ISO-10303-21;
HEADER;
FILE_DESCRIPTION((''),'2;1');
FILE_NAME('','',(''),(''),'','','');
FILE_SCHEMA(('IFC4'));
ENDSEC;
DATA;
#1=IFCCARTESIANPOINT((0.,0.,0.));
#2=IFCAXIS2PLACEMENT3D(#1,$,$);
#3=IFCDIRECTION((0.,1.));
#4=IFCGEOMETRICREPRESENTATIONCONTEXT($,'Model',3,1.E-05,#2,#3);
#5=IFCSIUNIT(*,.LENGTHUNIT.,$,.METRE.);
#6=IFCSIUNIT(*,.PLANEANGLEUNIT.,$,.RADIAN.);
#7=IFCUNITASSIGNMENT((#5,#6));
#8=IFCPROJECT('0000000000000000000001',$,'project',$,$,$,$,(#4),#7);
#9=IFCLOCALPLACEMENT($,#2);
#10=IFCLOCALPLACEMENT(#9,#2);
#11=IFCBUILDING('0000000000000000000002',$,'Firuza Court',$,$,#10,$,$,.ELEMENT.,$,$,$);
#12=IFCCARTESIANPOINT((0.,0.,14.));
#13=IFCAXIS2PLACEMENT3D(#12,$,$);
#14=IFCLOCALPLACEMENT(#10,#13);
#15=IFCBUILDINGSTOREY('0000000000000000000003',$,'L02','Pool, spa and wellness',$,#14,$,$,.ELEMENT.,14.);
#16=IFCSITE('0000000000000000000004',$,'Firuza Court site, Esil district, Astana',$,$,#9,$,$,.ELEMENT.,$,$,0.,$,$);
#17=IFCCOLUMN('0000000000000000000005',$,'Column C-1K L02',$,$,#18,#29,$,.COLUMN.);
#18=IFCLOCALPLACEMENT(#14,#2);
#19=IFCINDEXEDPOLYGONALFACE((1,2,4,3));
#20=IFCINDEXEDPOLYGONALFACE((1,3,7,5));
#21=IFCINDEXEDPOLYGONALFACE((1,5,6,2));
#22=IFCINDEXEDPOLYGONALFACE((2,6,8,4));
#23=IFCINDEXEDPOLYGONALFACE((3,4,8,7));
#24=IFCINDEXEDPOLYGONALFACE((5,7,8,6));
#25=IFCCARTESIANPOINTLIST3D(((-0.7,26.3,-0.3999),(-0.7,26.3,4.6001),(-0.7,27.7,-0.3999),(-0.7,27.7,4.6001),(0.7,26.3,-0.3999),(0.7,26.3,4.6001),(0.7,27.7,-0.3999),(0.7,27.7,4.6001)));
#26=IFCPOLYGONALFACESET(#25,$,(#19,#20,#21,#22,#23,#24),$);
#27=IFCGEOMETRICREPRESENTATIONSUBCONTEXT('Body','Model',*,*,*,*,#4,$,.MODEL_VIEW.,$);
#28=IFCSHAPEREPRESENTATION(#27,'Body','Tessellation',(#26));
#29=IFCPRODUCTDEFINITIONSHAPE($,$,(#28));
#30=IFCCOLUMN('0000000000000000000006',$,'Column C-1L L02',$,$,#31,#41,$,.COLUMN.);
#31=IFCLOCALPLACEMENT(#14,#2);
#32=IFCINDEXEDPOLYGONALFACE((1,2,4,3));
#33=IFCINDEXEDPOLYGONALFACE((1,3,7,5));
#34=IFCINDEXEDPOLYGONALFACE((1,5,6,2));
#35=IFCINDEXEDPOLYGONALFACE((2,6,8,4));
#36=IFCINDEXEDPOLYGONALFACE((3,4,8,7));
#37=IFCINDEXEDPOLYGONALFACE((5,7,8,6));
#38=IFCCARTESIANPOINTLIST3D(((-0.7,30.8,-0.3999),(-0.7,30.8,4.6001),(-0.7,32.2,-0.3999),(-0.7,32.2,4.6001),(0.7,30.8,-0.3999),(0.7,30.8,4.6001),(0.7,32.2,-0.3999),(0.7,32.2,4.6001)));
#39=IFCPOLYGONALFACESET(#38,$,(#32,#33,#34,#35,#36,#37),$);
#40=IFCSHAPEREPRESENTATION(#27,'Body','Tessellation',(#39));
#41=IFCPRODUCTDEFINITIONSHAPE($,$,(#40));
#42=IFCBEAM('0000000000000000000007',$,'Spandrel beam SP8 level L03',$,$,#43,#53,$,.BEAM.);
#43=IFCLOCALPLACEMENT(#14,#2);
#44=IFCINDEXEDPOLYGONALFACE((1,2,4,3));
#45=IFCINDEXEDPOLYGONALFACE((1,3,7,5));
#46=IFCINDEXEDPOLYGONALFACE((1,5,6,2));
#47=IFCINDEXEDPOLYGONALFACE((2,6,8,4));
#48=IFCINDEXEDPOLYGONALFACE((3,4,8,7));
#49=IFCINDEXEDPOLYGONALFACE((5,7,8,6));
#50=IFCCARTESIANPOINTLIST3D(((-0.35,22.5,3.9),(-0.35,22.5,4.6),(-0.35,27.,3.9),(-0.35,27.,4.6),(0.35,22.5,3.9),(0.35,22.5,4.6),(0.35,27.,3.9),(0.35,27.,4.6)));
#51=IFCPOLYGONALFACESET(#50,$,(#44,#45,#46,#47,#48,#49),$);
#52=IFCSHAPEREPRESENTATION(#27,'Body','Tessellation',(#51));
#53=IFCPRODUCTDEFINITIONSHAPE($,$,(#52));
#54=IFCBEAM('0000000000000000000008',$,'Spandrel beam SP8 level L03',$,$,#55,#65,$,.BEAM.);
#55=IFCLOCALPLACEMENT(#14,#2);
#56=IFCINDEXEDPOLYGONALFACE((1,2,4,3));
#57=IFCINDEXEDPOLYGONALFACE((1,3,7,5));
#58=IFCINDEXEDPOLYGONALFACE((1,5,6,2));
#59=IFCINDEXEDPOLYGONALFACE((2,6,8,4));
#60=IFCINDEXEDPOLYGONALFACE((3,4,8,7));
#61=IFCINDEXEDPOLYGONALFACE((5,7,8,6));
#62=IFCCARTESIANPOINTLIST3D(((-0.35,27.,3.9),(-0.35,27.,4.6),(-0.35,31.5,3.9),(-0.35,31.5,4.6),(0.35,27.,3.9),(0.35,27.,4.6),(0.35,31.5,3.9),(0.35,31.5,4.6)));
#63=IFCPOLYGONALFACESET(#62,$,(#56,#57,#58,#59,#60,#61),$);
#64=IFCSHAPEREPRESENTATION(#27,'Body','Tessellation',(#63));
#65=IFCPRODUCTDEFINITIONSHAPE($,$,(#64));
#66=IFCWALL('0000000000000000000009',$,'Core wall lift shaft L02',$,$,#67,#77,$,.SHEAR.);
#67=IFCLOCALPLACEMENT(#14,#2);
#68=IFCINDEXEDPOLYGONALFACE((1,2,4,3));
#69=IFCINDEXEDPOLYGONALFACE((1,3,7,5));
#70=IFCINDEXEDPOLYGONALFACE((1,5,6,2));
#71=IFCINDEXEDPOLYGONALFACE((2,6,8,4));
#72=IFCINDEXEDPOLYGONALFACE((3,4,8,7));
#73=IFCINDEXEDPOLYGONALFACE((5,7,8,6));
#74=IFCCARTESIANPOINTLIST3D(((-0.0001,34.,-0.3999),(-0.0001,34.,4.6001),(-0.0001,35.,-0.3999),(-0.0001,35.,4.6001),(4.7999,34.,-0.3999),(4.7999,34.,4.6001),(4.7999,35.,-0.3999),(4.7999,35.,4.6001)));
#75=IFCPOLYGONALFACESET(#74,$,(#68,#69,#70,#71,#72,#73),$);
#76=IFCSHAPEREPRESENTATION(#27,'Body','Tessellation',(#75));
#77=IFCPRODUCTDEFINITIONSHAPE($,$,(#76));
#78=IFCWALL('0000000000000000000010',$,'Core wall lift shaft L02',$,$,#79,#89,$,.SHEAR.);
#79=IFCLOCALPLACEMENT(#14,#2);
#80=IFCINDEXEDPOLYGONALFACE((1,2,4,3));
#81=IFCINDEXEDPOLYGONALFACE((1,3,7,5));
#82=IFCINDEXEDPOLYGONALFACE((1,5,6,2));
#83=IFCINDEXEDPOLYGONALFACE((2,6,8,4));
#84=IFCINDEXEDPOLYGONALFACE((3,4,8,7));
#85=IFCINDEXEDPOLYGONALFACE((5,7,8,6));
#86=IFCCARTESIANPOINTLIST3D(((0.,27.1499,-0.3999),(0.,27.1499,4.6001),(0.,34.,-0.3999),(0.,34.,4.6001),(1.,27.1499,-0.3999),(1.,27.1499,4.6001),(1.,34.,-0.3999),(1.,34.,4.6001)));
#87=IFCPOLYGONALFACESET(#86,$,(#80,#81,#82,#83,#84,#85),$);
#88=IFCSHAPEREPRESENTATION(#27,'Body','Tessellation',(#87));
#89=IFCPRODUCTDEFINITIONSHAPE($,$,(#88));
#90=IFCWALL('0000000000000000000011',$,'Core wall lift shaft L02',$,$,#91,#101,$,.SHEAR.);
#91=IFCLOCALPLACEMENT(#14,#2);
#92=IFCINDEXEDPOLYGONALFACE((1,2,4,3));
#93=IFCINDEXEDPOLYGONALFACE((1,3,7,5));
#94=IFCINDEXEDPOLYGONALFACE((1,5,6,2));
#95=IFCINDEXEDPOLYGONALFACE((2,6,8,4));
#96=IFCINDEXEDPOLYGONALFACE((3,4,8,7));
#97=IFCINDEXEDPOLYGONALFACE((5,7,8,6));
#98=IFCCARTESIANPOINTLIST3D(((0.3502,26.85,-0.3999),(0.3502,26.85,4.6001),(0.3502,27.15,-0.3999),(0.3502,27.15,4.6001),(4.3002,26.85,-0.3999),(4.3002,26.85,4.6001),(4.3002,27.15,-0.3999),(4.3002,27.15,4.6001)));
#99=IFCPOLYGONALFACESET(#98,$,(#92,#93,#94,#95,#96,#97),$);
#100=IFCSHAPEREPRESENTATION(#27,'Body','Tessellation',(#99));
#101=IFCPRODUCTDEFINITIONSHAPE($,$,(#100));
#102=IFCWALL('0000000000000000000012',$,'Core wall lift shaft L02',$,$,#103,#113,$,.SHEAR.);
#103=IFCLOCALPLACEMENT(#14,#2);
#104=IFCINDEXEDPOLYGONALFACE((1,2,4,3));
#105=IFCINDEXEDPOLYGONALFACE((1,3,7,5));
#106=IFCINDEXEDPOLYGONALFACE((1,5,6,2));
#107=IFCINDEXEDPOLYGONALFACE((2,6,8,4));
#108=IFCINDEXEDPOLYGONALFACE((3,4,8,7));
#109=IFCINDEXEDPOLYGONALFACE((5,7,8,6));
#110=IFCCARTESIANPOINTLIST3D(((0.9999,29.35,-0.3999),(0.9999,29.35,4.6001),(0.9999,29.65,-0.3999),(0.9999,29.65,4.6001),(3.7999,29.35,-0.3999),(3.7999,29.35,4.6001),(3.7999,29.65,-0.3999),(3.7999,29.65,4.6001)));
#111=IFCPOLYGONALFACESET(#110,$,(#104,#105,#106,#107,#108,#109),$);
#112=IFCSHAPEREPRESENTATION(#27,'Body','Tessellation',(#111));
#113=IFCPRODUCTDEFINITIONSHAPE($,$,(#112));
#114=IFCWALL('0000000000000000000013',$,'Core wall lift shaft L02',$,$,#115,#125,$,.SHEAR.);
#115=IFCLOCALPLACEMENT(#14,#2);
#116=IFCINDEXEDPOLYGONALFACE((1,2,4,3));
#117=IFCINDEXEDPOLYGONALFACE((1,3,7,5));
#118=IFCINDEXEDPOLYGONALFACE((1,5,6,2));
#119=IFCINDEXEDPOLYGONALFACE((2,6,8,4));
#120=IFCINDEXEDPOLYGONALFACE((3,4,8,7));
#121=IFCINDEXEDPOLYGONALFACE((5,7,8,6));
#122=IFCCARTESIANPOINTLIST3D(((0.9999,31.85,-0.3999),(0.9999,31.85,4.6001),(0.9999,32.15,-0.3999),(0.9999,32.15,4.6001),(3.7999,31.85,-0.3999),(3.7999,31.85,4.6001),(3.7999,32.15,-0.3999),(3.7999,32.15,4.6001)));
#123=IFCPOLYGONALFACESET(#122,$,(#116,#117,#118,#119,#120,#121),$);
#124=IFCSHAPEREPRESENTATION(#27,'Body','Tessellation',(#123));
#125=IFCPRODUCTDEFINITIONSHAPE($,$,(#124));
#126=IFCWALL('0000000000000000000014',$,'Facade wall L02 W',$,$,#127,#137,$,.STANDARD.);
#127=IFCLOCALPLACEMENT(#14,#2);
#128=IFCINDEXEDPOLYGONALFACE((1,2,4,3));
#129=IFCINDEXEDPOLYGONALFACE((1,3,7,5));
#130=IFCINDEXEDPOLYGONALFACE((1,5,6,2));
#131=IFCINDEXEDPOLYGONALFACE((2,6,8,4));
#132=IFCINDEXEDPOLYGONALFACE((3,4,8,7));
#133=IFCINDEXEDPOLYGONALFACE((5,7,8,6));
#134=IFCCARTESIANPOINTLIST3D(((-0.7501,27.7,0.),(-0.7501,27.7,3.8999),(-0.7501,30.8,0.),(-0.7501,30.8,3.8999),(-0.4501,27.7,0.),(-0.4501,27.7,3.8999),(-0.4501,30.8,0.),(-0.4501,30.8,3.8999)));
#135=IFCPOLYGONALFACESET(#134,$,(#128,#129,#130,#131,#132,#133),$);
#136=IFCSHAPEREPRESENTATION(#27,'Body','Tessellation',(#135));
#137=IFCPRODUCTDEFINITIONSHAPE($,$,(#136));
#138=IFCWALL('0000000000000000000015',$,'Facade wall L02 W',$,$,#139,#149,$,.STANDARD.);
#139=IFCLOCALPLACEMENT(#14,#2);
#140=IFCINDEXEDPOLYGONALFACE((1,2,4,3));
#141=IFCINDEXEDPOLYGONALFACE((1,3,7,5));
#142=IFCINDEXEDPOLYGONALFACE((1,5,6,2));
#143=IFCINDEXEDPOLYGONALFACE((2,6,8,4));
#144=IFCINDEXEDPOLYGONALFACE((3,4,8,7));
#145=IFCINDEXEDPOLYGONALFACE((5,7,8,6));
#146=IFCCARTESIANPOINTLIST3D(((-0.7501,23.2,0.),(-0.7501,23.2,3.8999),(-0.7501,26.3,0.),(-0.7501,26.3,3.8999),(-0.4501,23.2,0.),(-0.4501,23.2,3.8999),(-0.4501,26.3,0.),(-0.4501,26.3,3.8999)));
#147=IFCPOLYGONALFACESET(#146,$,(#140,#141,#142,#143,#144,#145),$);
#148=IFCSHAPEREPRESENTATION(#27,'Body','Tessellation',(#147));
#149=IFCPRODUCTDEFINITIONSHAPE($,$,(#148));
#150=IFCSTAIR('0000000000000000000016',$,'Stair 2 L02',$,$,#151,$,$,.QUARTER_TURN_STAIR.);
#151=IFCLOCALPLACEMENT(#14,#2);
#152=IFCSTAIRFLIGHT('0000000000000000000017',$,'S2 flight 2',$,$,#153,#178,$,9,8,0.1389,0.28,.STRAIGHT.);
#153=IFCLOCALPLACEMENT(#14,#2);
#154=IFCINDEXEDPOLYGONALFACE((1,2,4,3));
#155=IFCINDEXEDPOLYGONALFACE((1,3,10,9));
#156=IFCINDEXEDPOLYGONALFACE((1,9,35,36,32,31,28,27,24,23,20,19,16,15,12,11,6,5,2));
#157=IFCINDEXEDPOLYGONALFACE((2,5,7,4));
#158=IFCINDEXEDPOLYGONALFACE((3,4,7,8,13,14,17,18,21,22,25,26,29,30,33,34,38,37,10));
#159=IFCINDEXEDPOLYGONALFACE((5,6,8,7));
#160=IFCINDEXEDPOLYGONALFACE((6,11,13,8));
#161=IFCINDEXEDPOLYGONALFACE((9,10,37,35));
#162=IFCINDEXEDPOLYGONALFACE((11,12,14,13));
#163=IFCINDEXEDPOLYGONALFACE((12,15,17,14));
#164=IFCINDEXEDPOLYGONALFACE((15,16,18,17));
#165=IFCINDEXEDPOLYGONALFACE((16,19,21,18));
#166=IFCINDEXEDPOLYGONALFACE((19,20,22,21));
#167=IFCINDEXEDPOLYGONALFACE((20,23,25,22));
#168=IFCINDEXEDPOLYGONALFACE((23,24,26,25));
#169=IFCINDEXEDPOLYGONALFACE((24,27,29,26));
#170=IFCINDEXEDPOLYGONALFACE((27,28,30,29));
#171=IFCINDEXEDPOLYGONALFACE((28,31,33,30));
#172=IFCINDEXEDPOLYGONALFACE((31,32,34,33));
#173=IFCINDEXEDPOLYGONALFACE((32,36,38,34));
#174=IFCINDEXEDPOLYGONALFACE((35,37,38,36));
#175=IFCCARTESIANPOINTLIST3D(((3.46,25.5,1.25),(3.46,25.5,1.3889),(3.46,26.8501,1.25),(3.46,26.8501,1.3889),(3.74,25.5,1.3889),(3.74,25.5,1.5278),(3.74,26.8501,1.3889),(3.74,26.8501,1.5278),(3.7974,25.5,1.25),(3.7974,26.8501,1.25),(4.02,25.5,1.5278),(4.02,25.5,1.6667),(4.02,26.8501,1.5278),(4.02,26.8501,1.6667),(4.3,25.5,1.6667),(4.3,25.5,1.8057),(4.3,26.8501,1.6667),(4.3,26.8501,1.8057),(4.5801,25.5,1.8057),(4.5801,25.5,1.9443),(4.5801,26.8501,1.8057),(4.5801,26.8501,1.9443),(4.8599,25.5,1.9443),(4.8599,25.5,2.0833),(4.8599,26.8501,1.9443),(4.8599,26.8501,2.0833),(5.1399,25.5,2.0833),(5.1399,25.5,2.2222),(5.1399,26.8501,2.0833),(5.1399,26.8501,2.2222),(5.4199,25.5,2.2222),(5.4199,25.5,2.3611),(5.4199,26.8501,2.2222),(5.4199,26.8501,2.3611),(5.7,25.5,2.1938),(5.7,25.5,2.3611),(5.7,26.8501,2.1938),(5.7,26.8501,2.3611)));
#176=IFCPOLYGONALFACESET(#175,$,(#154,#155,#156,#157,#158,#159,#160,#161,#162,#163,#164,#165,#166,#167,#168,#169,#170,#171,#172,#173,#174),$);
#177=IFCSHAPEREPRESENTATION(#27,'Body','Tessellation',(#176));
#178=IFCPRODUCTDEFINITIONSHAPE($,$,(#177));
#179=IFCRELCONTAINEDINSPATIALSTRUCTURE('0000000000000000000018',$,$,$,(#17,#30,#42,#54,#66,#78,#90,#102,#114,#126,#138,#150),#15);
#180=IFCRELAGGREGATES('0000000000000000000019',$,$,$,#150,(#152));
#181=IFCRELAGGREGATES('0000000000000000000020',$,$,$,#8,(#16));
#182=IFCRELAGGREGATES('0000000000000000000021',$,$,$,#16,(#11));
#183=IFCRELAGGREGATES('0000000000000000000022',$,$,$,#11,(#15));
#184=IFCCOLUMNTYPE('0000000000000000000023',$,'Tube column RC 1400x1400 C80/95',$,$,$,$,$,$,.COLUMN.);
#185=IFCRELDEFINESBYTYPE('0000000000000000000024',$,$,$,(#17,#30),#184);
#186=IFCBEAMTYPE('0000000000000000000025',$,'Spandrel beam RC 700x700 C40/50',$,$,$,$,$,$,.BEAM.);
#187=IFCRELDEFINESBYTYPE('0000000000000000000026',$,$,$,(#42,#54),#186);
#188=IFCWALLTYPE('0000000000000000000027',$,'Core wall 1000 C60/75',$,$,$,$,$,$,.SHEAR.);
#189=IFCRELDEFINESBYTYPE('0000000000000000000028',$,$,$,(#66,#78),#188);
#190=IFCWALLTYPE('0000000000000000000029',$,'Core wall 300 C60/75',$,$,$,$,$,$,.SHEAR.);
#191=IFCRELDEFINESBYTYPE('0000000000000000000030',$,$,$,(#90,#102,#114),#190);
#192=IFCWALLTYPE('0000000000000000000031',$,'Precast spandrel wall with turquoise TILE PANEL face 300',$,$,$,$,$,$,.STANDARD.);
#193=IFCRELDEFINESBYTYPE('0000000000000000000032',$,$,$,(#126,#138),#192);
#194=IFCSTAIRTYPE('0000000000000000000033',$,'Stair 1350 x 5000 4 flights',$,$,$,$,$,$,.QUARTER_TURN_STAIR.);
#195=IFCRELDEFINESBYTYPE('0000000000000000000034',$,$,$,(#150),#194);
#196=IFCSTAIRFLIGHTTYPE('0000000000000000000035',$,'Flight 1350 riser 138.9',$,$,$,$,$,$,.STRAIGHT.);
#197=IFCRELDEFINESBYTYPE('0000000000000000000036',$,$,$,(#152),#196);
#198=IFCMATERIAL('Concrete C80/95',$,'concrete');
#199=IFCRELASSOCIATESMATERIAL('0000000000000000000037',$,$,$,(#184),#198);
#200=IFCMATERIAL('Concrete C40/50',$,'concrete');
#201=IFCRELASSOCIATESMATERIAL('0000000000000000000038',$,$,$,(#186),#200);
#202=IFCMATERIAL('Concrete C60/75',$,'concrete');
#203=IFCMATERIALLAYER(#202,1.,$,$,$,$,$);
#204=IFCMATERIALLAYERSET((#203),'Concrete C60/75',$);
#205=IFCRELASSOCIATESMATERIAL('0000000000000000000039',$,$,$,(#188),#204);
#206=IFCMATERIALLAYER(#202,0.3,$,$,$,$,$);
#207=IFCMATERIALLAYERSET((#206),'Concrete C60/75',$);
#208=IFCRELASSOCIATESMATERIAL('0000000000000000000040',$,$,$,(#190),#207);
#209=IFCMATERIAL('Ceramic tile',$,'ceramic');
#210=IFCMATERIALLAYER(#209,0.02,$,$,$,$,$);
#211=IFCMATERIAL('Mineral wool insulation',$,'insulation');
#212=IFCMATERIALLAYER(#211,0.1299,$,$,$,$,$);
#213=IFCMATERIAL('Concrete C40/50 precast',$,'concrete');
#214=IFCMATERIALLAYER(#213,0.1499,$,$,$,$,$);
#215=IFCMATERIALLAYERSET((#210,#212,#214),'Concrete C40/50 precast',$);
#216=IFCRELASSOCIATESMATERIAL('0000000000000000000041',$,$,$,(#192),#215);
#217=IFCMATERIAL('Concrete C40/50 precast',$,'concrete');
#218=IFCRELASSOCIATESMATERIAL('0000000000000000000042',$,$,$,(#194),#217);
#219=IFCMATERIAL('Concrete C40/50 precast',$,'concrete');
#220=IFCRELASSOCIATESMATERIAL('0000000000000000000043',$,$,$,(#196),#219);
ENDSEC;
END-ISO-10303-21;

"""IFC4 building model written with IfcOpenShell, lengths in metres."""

from ifc_helpers import new_model, si_unit, direction, frame, frame_2d, origin, origin_2d, place, context, subcontext, project, spatial, polyline, rectangle, outline, extrude, material, layer, layer_set, material_profile, profile_set, type_object, element, aggregate, save


model = new_model("IFC4")

# Units and contexts
model_context = context("Model", 3, precision=1e-05, world=origin(), true_north=direction((0.0, 1.0)))
body_context = subcontext(model_context, "Body", "Model", "MODEL_VIEW")
ifc_project = project(units=[si_unit("LENGTHUNIT", "METRE"), si_unit("PLANEANGLEUNIT", "RADIAN")], contexts=[model_context])

# Site, building, storey
site_placement = place(None, origin())
site = spatial("IfcSite", under=ifc_project, at=site_placement, Name="Firuza Court site, Esil district, Astana", CompositionType="ELEMENT", RefElevation=0.0)
building_placement = place(site_placement, origin())
building = spatial("IfcBuilding", under=site, at=building_placement, Name="Firuza Court", CompositionType="ELEMENT")
storey_placement = place(building_placement, frame((0.0, 0.0, 14.0)))
storey = spatial("IfcBuildingStorey", under=building, at=storey_placement, Name="L02", Description="Pool, spa and wellness", CompositionType="ELEMENT", Elevation=14.0)

# Columns
ifc_material_1 = material(Name="Concrete C80/95", Category="concrete")
ifc_material_profile_1 = material_profile(ifc_material_1, rectangle(XDim=1.3999, YDim=1.3999, at=origin_2d()), Name="RC 1400x1400")
ifc_profile_set_1 = profile_set([ifc_material_profile_1], Name="Concrete C80/95")
column_type = type_object("IfcColumnType", Name="Tube column RC 1400x1400 C80/95", PredefinedType="COLUMN", material=ifc_profile_set_1)
for number, where, z_axis, x_axis, name in (
    (1, (0.0, 27.0, -0.3999), (0.0, 0.0, 1.0), (1.0, 0.0, 0.0), "Column C-1K L02"),
    (2, (0.0, 31.5, -0.3999), (0.0, 0.0, 1.0), (1.0, 0.0, 0.0), "Column C-1L L02"),
):
    element("IfcColumn", number, at=place(storey_placement, frame(where, z_axis=z_axis, x_axis=x_axis)), inside=storey, type_object=column_type, Name=name, PredefinedType="COLUMN", context=body_context, shape_type="SweptSolid", body=[
        extrude(rectangle(XDim=1.3999, YDim=1.3999, at=origin_2d()), origin(), (0.0, 0.0, 1.0), 5.0),
    ])

# Beams
ifc_material_2 = material(Name="Concrete C40/50", Category="concrete")
ifc_material_profile_2 = material_profile(ifc_material_2, rectangle(XDim=0.7, YDim=0.7, at=origin_2d()), Name="RC 700x700")
ifc_profile_set_2 = profile_set([ifc_material_profile_2], Name="Concrete C40/50")
beam_type = type_object("IfcBeamType", Name="Spandrel beam RC 700x700 C40/50", PredefinedType="BEAM", material=ifc_profile_set_2)
for number, where, z_axis, x_axis, name in (
    (3, (0.0, 27.0, 4.25), (0.0, -1.0, 0.0), (1.0, 0.0, 0.0), "Spandrel beam SP8 level L03"),
    (4, (0.0, 31.5, 4.25), (0.0, -1.0, 0.0), (1.0, 0.0, 0.0), "Spandrel beam SP8 level L03"),
):
    element("IfcBeam", number, at=place(storey_placement, frame(where, z_axis=z_axis, x_axis=x_axis)), inside=storey, type_object=beam_type, Name=name, PredefinedType="BEAM", context=body_context, shape_type="SweptSolid", body=[
        extrude(rectangle(XDim=0.7, YDim=0.7, at=origin_2d()), origin(), (0.0, 0.0, 1.0), 4.5),
    ])

# Walls
ifc_material_3 = material(Name="Concrete C60/75", Category="concrete")
ifc_layer_1 = layer(ifc_material_3, 1.0)
ifc_layer_set_1 = layer_set([ifc_layer_1], Name="Concrete C60/75")
wall_type_1 = type_object("IfcWallType", Name="Core wall 1000 C60/75", PredefinedType="SHEAR", material=ifc_layer_set_1)
wall_1_placement = place(storey_placement, frame((0.0, 34.5, -0.3999), z_axis=(0.0, 0.0, 1.0), x_axis=(1.0, 0.0, 0.0)))
element("IfcWall", 5, at=wall_1_placement, inside=storey, type_object=wall_type_1, Name="Core wall lift shaft L02", PredefinedType="SHEAR", context=body_context, shape_type="SweptSolid", body=[
    extrude(rectangle(XDim=4.8, YDim=1.0, at=frame_2d((2.3999, 0.0))), origin(), (0.0, 0.0, 1.0), 5.0),
])
wall_2_placement = place(storey_placement, frame((0.5, 27.1499, -0.3999), z_axis=(0.0, 0.0, 1.0), x_axis=(0.0, 1.0, 0.0)))
element("IfcWall", 6, at=wall_2_placement, inside=storey, type_object=wall_type_1, Name="Core wall lift shaft L02", PredefinedType="SHEAR", context=body_context, shape_type="SweptSolid", body=[
    extrude(rectangle(XDim=6.8501, YDim=1.0, at=frame_2d((3.425, 0.0))), origin(), (0.0, 0.0, 1.0), 5.0),
])
ifc_layer_2 = layer(ifc_material_3, 0.3)
ifc_layer_set_2 = layer_set([ifc_layer_2], Name="Concrete C60/75")
wall_type_2 = type_object("IfcWallType", Name="Core wall 300 C60/75", PredefinedType="SHEAR", material=ifc_layer_set_2)
wall_3_placement = place(storey_placement, frame((0.3501, 27.0, -0.3999), z_axis=(0.0, 0.0, 1.0), x_axis=(1.0, 0.0, 0.0)))
element("IfcWall", 7, at=wall_3_placement, inside=storey, type_object=wall_type_2, Name="Core wall lift shaft L02", PredefinedType="SHEAR", context=body_context, shape_type="SweptSolid", body=[
    extrude(rectangle(XDim=3.95, YDim=0.3, at=frame_2d((1.9751, 0.0))), origin(), (0.0, 0.0, 1.0), 5.0),
])
for number, where, z_axis, x_axis, name in (
    (8, (1.0, 29.5, -0.3999), (0.0, 0.0, 1.0), (1.0, 0.0, 0.0), "Core wall lift shaft L02"),
    (9, (1.0, 32.0, -0.3999), (0.0, 0.0, 1.0), (1.0, 0.0, 0.0), "Core wall lift shaft L02"),
):
    element("IfcWall", number, at=place(storey_placement, frame(where, z_axis=z_axis, x_axis=x_axis)), inside=storey, type_object=wall_type_2, Name=name, PredefinedType="SHEAR", context=body_context, shape_type="SweptSolid", body=[
        extrude(rectangle(XDim=2.8, YDim=0.3, at=frame_2d((1.3999, 0.0))), origin(), (0.0, 0.0, 1.0), 5.0),
    ])
ifc_material_4 = material(Name="Ceramic tile", Category="ceramic")
ifc_layer_3 = layer(ifc_material_4, 0.02)
ifc_material_5 = material(Name="Mineral wool insulation", Category="insulation")
ifc_layer_4 = layer(ifc_material_5, 0.1299)
ifc_material_6 = material(Name="Concrete C40/50 precast", Category="concrete")
ifc_layer_5 = layer(ifc_material_6, 0.1499)
ifc_layer_set_3 = layer_set([ifc_layer_3, ifc_layer_4, ifc_layer_5], Name="Concrete C40/50 precast")
wall_type_3 = type_object("IfcWallType", Name="Precast spandrel wall with turquoise TILE PANEL face 300", PredefinedType="STANDARD", material=ifc_layer_set_3)
for number, where, z_axis, x_axis, name in (
    (10, (-0.6001, 30.8, 0.0), (0.0, 0.0, 1.0), (0.0, -1.0, 0.0), "Facade wall L02 W"),
    (11, (-0.6001, 26.3, 0.0), (0.0, 0.0, 1.0), (0.0, -1.0, 0.0), "Facade wall L02 W"),
):
    element("IfcWall", number, at=place(storey_placement, frame(where, z_axis=z_axis, x_axis=x_axis)), inside=storey, type_object=wall_type_3, Name=name, PredefinedType="STANDARD", context=body_context, shape_type="SweptSolid", body=[
        extrude(rectangle(XDim=3.1001, YDim=0.3, at=frame_2d((1.55, 0.0))), origin(), (0.0, 0.0, 1.0), 3.8999),
    ])

# Stair, stair flight
ifc_material_7 = material(Name="Concrete C40/50 precast", Category="concrete")
stair_type = type_object("IfcStairType", Name="Stair 1350 x 5000 4 flights", PredefinedType="QUARTER_TURN_STAIR", material=ifc_material_7)
stair_placement = place(storey_placement, origin())
stair = element("IfcStair", 12, at=stair_placement, inside=storey, type_object=stair_type, Name="Stair 2 L02", PredefinedType="QUARTER_TURN_STAIR")
ifc_material_8 = material(Name="Concrete C40/50 precast", Category="concrete")
stair_flight_type = type_object("IfcStairFlightType", Name="Flight 1350 riser 138.9", PredefinedType="STRAIGHT", material=ifc_material_8)
stair_flight_placement = place(storey_placement, frame((3.46, 26.175, 1.25), z_axis=(0.0, 0.0, 1.0), x_axis=(1.0, 0.0, 0.0)))
stair_flight = element("IfcStairFlight", 13, at=stair_flight_placement, type_object=stair_flight_type, Name="S2 flight 2", NumberOfRisers=9, NumberOfTreads=8, PredefinedType="STRAIGHT", RiserHeight=0.1389, TreadLength=0.28, context=body_context, shape_type="SweptSolid", body=[
    extrude(outline(polyline([(0.0, 0.0), (0.0, 0.1389), (0.28, 0.1389), (0.28, 0.2778), (0.5601, 0.2778), (0.5601, 0.4167), (0.8401, 0.4167), (0.8401, 0.5557), (1.1201, 0.5557), (1.1201, 0.6943), (1.3999, 0.6943), (1.3999, 0.8333), (1.6799, 0.8333), (1.6799, 0.9722), (1.96, 0.9722), (1.96, 1.1111), (2.24, 1.1111), (2.24, 1.25), (2.24, 0.9438), (0.3374, 0.0), (0.0, 0.0)])), frame((0.0, 0.675, 0.0), z_axis=(0.0, -1.0, 0.0), x_axis=(1.0, 0.0, 0.0)), (0.0, 0.0, 1.0), 1.3501),
])
aggregate(stair, [stair_flight])

save(model, "model.ifc")
